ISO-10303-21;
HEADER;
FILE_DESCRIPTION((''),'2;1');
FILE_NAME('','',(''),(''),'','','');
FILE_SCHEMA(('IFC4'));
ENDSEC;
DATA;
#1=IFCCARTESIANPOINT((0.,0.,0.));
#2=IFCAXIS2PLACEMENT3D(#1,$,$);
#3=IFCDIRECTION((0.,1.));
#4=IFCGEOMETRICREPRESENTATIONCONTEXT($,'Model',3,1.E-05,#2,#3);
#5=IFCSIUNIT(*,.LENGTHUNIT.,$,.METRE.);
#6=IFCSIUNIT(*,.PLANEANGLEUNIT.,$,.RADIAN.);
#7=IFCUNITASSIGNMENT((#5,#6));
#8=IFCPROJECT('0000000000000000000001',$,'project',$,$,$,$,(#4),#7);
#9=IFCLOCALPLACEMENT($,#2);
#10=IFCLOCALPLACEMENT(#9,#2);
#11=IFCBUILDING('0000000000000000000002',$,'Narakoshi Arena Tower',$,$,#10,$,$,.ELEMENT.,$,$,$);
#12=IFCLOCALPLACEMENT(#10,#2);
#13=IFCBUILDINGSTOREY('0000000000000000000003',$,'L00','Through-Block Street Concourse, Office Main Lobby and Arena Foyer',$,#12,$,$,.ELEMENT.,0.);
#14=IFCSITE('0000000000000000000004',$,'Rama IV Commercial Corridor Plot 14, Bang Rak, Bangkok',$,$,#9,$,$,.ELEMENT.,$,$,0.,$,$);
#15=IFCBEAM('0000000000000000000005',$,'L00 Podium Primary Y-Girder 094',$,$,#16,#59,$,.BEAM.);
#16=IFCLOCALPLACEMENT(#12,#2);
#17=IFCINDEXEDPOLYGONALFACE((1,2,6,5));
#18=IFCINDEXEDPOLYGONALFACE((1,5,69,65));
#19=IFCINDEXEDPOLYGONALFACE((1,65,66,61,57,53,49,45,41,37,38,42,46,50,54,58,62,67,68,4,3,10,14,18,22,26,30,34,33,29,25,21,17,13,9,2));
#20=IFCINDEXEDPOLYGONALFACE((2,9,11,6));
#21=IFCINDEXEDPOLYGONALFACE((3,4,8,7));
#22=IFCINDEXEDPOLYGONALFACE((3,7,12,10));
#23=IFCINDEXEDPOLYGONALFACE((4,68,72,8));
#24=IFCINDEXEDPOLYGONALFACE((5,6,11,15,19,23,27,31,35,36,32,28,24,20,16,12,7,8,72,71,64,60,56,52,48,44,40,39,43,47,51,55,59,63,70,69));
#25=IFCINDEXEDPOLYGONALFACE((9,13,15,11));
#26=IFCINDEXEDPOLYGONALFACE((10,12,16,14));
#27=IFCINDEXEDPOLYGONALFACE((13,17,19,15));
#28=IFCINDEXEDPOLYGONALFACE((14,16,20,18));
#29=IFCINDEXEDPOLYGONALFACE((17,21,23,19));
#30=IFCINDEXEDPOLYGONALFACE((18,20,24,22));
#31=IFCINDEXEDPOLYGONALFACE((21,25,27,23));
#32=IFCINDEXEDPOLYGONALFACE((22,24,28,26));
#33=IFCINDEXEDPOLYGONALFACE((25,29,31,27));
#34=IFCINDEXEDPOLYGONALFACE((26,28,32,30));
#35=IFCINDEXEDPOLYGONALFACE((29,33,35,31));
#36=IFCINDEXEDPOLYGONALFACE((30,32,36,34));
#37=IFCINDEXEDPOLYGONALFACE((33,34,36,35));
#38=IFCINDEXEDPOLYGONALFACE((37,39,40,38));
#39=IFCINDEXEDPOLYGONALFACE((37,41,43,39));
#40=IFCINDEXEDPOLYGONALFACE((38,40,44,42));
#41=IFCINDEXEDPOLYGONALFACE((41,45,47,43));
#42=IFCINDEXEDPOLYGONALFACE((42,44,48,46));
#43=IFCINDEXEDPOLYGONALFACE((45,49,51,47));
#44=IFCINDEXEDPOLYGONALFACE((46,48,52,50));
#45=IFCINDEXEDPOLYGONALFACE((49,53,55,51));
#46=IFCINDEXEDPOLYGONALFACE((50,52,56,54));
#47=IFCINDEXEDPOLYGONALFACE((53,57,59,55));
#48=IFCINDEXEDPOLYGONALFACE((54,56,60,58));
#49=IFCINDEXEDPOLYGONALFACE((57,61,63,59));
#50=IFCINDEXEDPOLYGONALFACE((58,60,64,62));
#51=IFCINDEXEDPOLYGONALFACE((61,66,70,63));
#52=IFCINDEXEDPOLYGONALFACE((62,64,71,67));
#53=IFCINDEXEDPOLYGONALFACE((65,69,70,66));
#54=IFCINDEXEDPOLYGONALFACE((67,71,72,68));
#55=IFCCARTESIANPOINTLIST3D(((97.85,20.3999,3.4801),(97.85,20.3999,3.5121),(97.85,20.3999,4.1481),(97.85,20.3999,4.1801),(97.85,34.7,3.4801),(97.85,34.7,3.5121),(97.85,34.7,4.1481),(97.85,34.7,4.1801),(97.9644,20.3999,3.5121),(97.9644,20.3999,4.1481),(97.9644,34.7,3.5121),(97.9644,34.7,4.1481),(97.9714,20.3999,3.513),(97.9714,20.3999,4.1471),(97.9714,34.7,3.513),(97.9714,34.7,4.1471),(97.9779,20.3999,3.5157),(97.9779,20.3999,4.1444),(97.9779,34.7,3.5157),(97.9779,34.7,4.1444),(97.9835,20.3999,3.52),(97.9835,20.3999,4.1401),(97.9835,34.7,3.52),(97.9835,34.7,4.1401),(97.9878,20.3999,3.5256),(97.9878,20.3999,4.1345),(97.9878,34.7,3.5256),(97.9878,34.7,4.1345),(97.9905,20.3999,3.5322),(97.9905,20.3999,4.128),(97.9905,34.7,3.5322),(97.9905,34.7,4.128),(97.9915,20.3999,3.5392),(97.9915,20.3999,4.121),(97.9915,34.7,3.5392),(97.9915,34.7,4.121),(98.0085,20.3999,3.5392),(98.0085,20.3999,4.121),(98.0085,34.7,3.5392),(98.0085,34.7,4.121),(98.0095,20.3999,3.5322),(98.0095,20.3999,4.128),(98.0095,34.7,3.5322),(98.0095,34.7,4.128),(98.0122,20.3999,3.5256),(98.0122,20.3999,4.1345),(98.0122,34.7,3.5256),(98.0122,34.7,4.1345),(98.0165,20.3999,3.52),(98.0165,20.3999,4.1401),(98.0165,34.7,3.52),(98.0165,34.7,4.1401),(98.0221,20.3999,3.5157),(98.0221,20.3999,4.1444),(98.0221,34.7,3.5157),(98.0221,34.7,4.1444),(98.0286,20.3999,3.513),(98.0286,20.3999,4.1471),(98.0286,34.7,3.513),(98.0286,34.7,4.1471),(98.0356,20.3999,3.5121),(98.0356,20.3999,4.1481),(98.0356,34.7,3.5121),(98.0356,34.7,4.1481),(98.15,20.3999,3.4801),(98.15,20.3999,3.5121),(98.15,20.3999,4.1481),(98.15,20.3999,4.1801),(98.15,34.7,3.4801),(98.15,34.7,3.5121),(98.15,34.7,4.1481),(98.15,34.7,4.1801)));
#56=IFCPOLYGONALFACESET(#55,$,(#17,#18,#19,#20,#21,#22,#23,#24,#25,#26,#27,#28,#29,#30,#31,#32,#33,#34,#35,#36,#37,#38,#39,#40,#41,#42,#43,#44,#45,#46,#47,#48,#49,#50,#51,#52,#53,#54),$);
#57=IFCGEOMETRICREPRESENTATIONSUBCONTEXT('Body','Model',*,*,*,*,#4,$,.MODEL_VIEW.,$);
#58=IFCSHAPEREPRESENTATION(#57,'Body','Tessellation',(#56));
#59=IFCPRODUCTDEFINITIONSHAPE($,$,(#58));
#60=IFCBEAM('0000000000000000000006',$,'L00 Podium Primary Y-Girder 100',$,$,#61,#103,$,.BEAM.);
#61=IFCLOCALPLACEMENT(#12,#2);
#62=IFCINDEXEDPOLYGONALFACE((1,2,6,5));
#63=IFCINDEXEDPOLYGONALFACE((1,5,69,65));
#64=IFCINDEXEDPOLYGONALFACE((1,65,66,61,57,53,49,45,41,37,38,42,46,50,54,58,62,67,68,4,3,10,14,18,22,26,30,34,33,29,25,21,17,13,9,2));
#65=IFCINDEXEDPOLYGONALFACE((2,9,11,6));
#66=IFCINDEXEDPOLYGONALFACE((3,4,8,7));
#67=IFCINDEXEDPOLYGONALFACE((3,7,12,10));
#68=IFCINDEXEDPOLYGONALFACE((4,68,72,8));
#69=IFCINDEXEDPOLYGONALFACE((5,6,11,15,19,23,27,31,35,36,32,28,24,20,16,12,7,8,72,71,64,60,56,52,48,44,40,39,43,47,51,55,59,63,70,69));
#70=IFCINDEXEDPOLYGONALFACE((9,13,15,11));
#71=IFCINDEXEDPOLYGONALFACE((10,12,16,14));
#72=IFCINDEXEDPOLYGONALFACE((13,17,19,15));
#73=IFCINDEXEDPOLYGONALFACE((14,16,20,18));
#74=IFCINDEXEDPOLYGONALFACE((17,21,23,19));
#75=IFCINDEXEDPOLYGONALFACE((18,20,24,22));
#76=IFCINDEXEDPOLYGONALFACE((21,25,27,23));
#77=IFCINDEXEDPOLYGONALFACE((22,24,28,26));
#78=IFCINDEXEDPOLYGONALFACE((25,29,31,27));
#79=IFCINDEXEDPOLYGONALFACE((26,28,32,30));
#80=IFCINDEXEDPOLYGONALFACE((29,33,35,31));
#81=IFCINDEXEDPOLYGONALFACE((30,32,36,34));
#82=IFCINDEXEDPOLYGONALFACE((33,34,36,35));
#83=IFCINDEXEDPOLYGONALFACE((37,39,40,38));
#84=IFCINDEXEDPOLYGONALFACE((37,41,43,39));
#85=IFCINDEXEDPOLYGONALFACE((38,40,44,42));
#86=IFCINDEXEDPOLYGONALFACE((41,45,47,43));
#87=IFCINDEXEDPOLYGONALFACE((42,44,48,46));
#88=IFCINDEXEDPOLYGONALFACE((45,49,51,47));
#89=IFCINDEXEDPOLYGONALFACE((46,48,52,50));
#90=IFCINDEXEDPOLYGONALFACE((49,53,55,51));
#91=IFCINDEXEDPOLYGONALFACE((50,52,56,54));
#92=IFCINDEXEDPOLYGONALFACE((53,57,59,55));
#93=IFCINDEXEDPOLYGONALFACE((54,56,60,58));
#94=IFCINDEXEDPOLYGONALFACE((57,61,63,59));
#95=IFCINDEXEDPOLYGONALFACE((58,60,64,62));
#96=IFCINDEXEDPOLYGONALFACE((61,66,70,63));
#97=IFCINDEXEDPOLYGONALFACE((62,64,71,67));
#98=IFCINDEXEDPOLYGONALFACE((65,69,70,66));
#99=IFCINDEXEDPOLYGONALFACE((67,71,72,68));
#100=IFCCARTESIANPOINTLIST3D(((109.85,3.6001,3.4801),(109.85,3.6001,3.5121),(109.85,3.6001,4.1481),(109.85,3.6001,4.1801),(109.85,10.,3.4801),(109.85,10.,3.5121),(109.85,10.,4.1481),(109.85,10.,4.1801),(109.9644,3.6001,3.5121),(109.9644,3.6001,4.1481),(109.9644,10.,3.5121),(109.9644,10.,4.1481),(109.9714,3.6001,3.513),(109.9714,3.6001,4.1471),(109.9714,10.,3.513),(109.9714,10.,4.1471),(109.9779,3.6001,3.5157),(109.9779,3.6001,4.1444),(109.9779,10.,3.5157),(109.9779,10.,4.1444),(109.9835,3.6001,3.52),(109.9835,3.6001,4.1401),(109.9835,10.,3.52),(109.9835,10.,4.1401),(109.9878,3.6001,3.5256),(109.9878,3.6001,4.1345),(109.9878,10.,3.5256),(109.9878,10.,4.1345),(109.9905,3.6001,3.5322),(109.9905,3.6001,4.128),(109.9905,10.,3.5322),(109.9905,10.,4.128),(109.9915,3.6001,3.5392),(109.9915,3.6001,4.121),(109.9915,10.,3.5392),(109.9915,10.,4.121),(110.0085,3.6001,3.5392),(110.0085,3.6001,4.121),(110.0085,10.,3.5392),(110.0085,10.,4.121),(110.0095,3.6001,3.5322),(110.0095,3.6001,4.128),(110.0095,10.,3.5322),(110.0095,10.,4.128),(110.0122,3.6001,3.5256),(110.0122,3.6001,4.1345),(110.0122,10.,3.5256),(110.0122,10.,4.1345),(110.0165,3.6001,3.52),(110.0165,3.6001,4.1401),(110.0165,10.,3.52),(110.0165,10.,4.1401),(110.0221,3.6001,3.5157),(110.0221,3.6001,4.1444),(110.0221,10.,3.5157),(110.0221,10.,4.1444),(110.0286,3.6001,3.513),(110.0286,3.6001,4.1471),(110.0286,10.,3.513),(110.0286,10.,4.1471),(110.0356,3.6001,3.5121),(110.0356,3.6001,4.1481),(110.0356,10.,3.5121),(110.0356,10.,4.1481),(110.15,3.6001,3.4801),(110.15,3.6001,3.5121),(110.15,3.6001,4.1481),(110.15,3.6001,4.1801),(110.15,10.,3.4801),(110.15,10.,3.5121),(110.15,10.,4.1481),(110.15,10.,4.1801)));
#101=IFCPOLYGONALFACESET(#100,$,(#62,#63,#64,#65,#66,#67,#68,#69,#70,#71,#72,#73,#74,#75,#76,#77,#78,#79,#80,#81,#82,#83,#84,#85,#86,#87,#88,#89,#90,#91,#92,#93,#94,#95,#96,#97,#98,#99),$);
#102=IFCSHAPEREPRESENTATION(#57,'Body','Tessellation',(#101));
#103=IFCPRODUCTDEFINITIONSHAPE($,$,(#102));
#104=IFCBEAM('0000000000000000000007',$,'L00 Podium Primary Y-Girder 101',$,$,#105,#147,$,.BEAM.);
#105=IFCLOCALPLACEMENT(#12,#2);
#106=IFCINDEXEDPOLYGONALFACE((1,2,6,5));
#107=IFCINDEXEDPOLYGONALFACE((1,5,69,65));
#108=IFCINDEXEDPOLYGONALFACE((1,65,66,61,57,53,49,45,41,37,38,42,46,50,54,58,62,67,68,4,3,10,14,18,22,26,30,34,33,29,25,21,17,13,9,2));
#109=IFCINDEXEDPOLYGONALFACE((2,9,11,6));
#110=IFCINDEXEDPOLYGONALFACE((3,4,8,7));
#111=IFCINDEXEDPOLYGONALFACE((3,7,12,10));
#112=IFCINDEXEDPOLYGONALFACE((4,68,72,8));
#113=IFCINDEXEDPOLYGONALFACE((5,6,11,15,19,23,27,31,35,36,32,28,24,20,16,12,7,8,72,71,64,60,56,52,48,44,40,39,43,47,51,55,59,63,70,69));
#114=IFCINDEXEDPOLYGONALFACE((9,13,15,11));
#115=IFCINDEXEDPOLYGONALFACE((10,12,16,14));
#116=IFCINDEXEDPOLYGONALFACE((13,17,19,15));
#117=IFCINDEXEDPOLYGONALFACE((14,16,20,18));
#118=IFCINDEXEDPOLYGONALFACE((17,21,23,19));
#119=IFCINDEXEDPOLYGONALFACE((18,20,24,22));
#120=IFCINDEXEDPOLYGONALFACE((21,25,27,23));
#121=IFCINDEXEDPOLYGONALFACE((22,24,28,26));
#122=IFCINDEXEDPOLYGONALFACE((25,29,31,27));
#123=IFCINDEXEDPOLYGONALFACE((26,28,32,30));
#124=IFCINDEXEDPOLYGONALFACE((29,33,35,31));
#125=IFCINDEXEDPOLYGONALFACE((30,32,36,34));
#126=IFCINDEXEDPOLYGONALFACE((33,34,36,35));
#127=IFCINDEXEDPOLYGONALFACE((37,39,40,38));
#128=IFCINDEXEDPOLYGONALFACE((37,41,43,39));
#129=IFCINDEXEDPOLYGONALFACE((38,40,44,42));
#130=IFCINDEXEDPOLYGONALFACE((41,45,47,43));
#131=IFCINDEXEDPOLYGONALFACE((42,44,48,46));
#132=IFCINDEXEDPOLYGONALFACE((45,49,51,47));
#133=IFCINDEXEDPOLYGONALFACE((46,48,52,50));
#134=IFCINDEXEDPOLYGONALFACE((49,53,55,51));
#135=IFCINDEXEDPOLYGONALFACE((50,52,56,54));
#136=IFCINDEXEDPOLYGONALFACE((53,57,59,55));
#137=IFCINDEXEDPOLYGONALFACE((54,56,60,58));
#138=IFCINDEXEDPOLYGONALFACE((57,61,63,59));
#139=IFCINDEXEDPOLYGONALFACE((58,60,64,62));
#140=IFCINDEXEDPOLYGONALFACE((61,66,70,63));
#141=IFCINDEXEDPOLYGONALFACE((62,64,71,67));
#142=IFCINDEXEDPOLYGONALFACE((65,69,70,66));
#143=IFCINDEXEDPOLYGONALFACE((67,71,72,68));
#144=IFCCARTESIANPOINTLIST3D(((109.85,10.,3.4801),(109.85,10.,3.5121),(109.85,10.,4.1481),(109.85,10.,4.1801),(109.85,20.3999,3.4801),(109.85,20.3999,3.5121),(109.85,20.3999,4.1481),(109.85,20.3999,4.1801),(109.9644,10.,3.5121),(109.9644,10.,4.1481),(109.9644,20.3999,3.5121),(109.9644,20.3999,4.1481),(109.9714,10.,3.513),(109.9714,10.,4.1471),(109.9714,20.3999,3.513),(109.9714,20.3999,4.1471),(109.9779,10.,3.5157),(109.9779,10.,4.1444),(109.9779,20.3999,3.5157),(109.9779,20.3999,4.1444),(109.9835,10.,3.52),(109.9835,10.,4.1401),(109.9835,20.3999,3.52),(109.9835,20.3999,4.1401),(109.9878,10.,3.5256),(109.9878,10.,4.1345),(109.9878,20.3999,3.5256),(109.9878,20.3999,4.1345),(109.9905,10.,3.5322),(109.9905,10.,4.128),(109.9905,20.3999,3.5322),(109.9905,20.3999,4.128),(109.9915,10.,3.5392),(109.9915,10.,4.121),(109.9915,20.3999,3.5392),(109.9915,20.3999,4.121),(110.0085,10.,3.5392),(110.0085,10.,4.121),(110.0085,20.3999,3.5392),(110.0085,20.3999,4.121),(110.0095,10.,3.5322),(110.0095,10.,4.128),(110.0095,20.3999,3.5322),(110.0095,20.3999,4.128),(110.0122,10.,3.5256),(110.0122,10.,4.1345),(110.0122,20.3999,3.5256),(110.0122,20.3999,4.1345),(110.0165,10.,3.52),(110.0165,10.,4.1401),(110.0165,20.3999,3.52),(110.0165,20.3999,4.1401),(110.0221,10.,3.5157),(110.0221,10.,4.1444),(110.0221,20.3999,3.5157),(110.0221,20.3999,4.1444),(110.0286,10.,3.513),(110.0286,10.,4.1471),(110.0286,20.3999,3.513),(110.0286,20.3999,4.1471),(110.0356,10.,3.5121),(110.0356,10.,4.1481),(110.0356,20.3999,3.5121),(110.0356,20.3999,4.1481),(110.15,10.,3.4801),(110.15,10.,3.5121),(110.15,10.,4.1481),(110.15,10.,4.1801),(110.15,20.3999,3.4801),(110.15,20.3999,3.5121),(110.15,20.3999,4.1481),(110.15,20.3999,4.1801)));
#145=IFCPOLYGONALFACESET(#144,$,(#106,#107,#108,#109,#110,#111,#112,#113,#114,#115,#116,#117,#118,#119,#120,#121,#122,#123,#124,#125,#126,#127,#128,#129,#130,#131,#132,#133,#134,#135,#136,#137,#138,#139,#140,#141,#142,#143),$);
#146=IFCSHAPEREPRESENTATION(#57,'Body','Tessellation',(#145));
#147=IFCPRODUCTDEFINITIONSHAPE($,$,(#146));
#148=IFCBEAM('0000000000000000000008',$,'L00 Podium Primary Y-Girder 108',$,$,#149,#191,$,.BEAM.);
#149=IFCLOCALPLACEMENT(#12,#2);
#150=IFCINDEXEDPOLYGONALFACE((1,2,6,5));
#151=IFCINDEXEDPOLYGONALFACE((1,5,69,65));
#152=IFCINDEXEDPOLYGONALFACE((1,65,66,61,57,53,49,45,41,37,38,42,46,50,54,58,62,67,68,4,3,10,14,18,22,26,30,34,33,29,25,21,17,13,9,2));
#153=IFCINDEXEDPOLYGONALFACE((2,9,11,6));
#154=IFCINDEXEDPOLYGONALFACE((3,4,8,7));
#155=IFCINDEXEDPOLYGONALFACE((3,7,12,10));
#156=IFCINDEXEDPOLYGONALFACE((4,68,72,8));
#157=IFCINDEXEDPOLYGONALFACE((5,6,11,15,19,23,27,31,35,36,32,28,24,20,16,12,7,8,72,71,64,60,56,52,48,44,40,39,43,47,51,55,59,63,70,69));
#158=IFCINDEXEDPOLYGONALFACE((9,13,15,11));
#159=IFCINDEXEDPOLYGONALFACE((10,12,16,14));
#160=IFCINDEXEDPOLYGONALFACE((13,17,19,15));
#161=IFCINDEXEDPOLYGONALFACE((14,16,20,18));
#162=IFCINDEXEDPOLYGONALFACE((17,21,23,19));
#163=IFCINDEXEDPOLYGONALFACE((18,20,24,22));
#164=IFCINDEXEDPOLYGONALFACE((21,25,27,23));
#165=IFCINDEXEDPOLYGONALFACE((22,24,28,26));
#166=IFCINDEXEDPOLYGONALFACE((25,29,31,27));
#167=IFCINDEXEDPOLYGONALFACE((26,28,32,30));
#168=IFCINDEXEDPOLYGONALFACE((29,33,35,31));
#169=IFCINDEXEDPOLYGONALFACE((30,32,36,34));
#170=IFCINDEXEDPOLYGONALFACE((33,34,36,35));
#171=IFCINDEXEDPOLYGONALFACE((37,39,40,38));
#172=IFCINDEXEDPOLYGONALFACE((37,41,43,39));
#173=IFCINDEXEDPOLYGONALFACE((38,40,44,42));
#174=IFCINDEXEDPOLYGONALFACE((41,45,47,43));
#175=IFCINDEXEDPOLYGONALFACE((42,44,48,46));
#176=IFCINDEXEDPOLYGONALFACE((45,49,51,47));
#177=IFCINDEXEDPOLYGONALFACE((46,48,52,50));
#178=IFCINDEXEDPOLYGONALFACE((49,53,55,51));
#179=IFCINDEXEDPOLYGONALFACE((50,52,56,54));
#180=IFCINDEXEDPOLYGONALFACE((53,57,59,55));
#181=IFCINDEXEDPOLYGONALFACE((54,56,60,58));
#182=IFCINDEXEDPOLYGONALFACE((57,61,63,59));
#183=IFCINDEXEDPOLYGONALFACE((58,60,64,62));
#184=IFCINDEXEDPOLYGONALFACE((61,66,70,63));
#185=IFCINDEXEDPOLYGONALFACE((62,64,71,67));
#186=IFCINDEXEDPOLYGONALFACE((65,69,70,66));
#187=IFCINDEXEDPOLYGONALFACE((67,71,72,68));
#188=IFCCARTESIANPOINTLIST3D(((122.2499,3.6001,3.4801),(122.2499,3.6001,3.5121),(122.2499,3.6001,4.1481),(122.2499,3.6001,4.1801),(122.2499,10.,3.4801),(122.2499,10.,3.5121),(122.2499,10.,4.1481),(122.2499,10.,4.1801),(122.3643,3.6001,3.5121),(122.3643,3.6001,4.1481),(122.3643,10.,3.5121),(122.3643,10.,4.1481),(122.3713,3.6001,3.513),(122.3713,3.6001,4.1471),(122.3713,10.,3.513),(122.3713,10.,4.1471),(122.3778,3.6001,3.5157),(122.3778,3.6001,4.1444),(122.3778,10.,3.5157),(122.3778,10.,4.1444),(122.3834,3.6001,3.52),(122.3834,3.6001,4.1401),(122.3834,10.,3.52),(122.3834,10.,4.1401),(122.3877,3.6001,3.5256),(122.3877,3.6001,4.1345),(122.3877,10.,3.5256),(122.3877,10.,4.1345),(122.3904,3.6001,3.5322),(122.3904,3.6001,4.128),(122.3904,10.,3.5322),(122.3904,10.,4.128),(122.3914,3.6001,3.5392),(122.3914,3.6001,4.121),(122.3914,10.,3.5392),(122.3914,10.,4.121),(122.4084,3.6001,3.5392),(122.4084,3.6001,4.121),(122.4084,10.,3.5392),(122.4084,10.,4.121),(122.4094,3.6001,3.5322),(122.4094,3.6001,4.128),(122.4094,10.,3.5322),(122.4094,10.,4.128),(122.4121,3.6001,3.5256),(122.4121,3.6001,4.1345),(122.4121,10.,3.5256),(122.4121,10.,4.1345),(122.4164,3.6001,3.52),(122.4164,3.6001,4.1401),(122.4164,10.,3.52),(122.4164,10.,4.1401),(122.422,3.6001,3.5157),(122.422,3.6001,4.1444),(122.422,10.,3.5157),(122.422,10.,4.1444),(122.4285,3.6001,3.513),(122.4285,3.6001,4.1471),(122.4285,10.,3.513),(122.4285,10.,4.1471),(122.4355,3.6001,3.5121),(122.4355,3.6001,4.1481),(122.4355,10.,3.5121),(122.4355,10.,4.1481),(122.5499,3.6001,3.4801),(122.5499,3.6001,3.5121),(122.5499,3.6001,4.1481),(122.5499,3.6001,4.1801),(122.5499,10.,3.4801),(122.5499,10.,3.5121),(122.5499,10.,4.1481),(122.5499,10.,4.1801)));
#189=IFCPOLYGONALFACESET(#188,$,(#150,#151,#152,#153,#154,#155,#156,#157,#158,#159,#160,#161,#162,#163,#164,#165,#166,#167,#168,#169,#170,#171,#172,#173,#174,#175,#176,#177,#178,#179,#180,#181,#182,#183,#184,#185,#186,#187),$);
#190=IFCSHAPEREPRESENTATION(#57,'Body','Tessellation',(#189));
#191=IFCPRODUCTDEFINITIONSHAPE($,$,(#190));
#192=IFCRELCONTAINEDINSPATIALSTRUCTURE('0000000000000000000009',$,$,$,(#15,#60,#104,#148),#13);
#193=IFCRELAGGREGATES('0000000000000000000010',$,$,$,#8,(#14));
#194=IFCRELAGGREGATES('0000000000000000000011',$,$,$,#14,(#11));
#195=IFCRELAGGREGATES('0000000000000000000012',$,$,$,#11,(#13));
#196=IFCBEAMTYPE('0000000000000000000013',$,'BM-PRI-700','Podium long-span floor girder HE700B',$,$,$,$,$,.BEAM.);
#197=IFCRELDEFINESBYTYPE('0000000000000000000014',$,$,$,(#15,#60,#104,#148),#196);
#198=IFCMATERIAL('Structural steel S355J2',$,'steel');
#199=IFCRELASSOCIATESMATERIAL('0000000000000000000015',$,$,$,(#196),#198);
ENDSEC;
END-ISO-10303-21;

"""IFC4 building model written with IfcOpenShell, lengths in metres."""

from ifc_helpers import new_model, si_unit, direction, frame, origin, origin_2d, place, context, subcontext, project, spatial, i_section, extrude, material, material_profile, profile_set, type_object, element, save


model = new_model("IFC4")

# Units and contexts
model_context = context("Model", 3, precision=1e-05, world=origin(), true_north=direction((0.0, 1.0)))
body_context = subcontext(model_context, "Body", "Model", "MODEL_VIEW")
ifc_project = project(units=[si_unit("LENGTHUNIT", "METRE"), si_unit("PLANEANGLEUNIT", "RADIAN")], contexts=[model_context])

# Site, building, storey
site_placement = place(None, origin())
site = spatial("IfcSite", under=ifc_project, at=site_placement, Name="Rama IV Commercial Corridor Plot 14, Bang Rak, Bangkok", CompositionType="ELEMENT", RefElevation=0.0)
building_placement = place(site_placement, origin())
building = spatial("IfcBuilding", under=site, at=building_placement, Name="Narakoshi Arena Tower", CompositionType="ELEMENT")
storey_placement = place(building_placement, origin())
storey = spatial("IfcBuildingStorey", under=building, at=storey_placement, Name="L00", Description="Through-Block Street Concourse, Office Main Lobby and Arena Foyer", CompositionType="ELEMENT", Elevation=0.0)

# Beams
ifc_material_1 = material(Name="Structural steel S355J2", Category="steel")
ifc_material_profile_1 = material_profile(ifc_material_1, i_section(OverallWidth=0.3, OverallDepth=0.7, WebThickness=0.0171, FlangeThickness=0.032, FilletRadius=0.0271, at=origin_2d()), Name="HE700B")
ifc_profile_set_1 = profile_set([ifc_material_profile_1], Name="Structural steel S355J2")
beam_type_1 = type_object("IfcBeamType", Name="BM-PRI-700", Description="Podium long-span floor girder HE700B", PredefinedType="BEAM", material=ifc_profile_set_1)
beam_1_placement = place(storey_placement, frame((98.0, 20.3999, 3.8301), z_axis=(0.0, 1.0, 0.0), x_axis=(-1.0, 0.0, 0.0)))
element("IfcBeam", 1, at=beam_1_placement, inside=storey, type_object=beam_type_1, Name="L00 Podium Primary Y-Girder 094", PredefinedType="BEAM", context=body_context, shape_type="SweptSolid", body=[
    extrude(i_section(OverallWidth=0.3, OverallDepth=0.7, WebThickness=0.0171, FlangeThickness=0.032, FilletRadius=0.0271, at=origin_2d()), origin(), (0.0, 0.0, 1.0), 14.3),
])
beam_2_placement = place(storey_placement, frame((110.0, 3.6001, 3.8301), z_axis=(0.0, 1.0, 0.0), x_axis=(-1.0, 0.0, 0.0)))
element("IfcBeam", 2, at=beam_2_placement, inside=storey, type_object=beam_type_1, Name="L00 Podium Primary Y-Girder 100", PredefinedType="BEAM", context=body_context, shape_type="SweptSolid", body=[
    extrude(i_section(OverallWidth=0.3, OverallDepth=0.7, WebThickness=0.0171, FlangeThickness=0.032, FilletRadius=0.0271, at=origin_2d()), origin(), (0.0, 0.0, 1.0), 6.3999),
])
beam_3_placement = place(storey_placement, frame((110.0, 10.0, 3.8301), z_axis=(0.0, 1.0, 0.0), x_axis=(-1.0, 0.0, 0.0)))
element("IfcBeam", 3, at=beam_3_placement, inside=storey, type_object=beam_type_1, Name="L00 Podium Primary Y-Girder 101", PredefinedType="BEAM", context=body_context, shape_type="SweptSolid", body=[
    extrude(i_section(OverallWidth=0.3, OverallDepth=0.7, WebThickness=0.0171, FlangeThickness=0.032, FilletRadius=0.0271, at=origin_2d()), origin(), (0.0, 0.0, 1.0), 10.3999),
])
beam_4_placement = place(storey_placement, frame((122.3999, 3.6001, 3.8301), z_axis=(0.0, 1.0, 0.0), x_axis=(-1.0, 0.0, 0.0)))
element("IfcBeam", 4, at=beam_4_placement, inside=storey, type_object=beam_type_1, Name="L00 Podium Primary Y-Girder 108", PredefinedType="BEAM", context=body_context, shape_type="SweptSolid", body=[
    extrude(i_section(OverallWidth=0.3, OverallDepth=0.7, WebThickness=0.0171, FlangeThickness=0.032, FilletRadius=0.0271, at=origin_2d()), origin(), (0.0, 0.0, 1.0), 6.3999),
])

save(model, "model.ifc")
